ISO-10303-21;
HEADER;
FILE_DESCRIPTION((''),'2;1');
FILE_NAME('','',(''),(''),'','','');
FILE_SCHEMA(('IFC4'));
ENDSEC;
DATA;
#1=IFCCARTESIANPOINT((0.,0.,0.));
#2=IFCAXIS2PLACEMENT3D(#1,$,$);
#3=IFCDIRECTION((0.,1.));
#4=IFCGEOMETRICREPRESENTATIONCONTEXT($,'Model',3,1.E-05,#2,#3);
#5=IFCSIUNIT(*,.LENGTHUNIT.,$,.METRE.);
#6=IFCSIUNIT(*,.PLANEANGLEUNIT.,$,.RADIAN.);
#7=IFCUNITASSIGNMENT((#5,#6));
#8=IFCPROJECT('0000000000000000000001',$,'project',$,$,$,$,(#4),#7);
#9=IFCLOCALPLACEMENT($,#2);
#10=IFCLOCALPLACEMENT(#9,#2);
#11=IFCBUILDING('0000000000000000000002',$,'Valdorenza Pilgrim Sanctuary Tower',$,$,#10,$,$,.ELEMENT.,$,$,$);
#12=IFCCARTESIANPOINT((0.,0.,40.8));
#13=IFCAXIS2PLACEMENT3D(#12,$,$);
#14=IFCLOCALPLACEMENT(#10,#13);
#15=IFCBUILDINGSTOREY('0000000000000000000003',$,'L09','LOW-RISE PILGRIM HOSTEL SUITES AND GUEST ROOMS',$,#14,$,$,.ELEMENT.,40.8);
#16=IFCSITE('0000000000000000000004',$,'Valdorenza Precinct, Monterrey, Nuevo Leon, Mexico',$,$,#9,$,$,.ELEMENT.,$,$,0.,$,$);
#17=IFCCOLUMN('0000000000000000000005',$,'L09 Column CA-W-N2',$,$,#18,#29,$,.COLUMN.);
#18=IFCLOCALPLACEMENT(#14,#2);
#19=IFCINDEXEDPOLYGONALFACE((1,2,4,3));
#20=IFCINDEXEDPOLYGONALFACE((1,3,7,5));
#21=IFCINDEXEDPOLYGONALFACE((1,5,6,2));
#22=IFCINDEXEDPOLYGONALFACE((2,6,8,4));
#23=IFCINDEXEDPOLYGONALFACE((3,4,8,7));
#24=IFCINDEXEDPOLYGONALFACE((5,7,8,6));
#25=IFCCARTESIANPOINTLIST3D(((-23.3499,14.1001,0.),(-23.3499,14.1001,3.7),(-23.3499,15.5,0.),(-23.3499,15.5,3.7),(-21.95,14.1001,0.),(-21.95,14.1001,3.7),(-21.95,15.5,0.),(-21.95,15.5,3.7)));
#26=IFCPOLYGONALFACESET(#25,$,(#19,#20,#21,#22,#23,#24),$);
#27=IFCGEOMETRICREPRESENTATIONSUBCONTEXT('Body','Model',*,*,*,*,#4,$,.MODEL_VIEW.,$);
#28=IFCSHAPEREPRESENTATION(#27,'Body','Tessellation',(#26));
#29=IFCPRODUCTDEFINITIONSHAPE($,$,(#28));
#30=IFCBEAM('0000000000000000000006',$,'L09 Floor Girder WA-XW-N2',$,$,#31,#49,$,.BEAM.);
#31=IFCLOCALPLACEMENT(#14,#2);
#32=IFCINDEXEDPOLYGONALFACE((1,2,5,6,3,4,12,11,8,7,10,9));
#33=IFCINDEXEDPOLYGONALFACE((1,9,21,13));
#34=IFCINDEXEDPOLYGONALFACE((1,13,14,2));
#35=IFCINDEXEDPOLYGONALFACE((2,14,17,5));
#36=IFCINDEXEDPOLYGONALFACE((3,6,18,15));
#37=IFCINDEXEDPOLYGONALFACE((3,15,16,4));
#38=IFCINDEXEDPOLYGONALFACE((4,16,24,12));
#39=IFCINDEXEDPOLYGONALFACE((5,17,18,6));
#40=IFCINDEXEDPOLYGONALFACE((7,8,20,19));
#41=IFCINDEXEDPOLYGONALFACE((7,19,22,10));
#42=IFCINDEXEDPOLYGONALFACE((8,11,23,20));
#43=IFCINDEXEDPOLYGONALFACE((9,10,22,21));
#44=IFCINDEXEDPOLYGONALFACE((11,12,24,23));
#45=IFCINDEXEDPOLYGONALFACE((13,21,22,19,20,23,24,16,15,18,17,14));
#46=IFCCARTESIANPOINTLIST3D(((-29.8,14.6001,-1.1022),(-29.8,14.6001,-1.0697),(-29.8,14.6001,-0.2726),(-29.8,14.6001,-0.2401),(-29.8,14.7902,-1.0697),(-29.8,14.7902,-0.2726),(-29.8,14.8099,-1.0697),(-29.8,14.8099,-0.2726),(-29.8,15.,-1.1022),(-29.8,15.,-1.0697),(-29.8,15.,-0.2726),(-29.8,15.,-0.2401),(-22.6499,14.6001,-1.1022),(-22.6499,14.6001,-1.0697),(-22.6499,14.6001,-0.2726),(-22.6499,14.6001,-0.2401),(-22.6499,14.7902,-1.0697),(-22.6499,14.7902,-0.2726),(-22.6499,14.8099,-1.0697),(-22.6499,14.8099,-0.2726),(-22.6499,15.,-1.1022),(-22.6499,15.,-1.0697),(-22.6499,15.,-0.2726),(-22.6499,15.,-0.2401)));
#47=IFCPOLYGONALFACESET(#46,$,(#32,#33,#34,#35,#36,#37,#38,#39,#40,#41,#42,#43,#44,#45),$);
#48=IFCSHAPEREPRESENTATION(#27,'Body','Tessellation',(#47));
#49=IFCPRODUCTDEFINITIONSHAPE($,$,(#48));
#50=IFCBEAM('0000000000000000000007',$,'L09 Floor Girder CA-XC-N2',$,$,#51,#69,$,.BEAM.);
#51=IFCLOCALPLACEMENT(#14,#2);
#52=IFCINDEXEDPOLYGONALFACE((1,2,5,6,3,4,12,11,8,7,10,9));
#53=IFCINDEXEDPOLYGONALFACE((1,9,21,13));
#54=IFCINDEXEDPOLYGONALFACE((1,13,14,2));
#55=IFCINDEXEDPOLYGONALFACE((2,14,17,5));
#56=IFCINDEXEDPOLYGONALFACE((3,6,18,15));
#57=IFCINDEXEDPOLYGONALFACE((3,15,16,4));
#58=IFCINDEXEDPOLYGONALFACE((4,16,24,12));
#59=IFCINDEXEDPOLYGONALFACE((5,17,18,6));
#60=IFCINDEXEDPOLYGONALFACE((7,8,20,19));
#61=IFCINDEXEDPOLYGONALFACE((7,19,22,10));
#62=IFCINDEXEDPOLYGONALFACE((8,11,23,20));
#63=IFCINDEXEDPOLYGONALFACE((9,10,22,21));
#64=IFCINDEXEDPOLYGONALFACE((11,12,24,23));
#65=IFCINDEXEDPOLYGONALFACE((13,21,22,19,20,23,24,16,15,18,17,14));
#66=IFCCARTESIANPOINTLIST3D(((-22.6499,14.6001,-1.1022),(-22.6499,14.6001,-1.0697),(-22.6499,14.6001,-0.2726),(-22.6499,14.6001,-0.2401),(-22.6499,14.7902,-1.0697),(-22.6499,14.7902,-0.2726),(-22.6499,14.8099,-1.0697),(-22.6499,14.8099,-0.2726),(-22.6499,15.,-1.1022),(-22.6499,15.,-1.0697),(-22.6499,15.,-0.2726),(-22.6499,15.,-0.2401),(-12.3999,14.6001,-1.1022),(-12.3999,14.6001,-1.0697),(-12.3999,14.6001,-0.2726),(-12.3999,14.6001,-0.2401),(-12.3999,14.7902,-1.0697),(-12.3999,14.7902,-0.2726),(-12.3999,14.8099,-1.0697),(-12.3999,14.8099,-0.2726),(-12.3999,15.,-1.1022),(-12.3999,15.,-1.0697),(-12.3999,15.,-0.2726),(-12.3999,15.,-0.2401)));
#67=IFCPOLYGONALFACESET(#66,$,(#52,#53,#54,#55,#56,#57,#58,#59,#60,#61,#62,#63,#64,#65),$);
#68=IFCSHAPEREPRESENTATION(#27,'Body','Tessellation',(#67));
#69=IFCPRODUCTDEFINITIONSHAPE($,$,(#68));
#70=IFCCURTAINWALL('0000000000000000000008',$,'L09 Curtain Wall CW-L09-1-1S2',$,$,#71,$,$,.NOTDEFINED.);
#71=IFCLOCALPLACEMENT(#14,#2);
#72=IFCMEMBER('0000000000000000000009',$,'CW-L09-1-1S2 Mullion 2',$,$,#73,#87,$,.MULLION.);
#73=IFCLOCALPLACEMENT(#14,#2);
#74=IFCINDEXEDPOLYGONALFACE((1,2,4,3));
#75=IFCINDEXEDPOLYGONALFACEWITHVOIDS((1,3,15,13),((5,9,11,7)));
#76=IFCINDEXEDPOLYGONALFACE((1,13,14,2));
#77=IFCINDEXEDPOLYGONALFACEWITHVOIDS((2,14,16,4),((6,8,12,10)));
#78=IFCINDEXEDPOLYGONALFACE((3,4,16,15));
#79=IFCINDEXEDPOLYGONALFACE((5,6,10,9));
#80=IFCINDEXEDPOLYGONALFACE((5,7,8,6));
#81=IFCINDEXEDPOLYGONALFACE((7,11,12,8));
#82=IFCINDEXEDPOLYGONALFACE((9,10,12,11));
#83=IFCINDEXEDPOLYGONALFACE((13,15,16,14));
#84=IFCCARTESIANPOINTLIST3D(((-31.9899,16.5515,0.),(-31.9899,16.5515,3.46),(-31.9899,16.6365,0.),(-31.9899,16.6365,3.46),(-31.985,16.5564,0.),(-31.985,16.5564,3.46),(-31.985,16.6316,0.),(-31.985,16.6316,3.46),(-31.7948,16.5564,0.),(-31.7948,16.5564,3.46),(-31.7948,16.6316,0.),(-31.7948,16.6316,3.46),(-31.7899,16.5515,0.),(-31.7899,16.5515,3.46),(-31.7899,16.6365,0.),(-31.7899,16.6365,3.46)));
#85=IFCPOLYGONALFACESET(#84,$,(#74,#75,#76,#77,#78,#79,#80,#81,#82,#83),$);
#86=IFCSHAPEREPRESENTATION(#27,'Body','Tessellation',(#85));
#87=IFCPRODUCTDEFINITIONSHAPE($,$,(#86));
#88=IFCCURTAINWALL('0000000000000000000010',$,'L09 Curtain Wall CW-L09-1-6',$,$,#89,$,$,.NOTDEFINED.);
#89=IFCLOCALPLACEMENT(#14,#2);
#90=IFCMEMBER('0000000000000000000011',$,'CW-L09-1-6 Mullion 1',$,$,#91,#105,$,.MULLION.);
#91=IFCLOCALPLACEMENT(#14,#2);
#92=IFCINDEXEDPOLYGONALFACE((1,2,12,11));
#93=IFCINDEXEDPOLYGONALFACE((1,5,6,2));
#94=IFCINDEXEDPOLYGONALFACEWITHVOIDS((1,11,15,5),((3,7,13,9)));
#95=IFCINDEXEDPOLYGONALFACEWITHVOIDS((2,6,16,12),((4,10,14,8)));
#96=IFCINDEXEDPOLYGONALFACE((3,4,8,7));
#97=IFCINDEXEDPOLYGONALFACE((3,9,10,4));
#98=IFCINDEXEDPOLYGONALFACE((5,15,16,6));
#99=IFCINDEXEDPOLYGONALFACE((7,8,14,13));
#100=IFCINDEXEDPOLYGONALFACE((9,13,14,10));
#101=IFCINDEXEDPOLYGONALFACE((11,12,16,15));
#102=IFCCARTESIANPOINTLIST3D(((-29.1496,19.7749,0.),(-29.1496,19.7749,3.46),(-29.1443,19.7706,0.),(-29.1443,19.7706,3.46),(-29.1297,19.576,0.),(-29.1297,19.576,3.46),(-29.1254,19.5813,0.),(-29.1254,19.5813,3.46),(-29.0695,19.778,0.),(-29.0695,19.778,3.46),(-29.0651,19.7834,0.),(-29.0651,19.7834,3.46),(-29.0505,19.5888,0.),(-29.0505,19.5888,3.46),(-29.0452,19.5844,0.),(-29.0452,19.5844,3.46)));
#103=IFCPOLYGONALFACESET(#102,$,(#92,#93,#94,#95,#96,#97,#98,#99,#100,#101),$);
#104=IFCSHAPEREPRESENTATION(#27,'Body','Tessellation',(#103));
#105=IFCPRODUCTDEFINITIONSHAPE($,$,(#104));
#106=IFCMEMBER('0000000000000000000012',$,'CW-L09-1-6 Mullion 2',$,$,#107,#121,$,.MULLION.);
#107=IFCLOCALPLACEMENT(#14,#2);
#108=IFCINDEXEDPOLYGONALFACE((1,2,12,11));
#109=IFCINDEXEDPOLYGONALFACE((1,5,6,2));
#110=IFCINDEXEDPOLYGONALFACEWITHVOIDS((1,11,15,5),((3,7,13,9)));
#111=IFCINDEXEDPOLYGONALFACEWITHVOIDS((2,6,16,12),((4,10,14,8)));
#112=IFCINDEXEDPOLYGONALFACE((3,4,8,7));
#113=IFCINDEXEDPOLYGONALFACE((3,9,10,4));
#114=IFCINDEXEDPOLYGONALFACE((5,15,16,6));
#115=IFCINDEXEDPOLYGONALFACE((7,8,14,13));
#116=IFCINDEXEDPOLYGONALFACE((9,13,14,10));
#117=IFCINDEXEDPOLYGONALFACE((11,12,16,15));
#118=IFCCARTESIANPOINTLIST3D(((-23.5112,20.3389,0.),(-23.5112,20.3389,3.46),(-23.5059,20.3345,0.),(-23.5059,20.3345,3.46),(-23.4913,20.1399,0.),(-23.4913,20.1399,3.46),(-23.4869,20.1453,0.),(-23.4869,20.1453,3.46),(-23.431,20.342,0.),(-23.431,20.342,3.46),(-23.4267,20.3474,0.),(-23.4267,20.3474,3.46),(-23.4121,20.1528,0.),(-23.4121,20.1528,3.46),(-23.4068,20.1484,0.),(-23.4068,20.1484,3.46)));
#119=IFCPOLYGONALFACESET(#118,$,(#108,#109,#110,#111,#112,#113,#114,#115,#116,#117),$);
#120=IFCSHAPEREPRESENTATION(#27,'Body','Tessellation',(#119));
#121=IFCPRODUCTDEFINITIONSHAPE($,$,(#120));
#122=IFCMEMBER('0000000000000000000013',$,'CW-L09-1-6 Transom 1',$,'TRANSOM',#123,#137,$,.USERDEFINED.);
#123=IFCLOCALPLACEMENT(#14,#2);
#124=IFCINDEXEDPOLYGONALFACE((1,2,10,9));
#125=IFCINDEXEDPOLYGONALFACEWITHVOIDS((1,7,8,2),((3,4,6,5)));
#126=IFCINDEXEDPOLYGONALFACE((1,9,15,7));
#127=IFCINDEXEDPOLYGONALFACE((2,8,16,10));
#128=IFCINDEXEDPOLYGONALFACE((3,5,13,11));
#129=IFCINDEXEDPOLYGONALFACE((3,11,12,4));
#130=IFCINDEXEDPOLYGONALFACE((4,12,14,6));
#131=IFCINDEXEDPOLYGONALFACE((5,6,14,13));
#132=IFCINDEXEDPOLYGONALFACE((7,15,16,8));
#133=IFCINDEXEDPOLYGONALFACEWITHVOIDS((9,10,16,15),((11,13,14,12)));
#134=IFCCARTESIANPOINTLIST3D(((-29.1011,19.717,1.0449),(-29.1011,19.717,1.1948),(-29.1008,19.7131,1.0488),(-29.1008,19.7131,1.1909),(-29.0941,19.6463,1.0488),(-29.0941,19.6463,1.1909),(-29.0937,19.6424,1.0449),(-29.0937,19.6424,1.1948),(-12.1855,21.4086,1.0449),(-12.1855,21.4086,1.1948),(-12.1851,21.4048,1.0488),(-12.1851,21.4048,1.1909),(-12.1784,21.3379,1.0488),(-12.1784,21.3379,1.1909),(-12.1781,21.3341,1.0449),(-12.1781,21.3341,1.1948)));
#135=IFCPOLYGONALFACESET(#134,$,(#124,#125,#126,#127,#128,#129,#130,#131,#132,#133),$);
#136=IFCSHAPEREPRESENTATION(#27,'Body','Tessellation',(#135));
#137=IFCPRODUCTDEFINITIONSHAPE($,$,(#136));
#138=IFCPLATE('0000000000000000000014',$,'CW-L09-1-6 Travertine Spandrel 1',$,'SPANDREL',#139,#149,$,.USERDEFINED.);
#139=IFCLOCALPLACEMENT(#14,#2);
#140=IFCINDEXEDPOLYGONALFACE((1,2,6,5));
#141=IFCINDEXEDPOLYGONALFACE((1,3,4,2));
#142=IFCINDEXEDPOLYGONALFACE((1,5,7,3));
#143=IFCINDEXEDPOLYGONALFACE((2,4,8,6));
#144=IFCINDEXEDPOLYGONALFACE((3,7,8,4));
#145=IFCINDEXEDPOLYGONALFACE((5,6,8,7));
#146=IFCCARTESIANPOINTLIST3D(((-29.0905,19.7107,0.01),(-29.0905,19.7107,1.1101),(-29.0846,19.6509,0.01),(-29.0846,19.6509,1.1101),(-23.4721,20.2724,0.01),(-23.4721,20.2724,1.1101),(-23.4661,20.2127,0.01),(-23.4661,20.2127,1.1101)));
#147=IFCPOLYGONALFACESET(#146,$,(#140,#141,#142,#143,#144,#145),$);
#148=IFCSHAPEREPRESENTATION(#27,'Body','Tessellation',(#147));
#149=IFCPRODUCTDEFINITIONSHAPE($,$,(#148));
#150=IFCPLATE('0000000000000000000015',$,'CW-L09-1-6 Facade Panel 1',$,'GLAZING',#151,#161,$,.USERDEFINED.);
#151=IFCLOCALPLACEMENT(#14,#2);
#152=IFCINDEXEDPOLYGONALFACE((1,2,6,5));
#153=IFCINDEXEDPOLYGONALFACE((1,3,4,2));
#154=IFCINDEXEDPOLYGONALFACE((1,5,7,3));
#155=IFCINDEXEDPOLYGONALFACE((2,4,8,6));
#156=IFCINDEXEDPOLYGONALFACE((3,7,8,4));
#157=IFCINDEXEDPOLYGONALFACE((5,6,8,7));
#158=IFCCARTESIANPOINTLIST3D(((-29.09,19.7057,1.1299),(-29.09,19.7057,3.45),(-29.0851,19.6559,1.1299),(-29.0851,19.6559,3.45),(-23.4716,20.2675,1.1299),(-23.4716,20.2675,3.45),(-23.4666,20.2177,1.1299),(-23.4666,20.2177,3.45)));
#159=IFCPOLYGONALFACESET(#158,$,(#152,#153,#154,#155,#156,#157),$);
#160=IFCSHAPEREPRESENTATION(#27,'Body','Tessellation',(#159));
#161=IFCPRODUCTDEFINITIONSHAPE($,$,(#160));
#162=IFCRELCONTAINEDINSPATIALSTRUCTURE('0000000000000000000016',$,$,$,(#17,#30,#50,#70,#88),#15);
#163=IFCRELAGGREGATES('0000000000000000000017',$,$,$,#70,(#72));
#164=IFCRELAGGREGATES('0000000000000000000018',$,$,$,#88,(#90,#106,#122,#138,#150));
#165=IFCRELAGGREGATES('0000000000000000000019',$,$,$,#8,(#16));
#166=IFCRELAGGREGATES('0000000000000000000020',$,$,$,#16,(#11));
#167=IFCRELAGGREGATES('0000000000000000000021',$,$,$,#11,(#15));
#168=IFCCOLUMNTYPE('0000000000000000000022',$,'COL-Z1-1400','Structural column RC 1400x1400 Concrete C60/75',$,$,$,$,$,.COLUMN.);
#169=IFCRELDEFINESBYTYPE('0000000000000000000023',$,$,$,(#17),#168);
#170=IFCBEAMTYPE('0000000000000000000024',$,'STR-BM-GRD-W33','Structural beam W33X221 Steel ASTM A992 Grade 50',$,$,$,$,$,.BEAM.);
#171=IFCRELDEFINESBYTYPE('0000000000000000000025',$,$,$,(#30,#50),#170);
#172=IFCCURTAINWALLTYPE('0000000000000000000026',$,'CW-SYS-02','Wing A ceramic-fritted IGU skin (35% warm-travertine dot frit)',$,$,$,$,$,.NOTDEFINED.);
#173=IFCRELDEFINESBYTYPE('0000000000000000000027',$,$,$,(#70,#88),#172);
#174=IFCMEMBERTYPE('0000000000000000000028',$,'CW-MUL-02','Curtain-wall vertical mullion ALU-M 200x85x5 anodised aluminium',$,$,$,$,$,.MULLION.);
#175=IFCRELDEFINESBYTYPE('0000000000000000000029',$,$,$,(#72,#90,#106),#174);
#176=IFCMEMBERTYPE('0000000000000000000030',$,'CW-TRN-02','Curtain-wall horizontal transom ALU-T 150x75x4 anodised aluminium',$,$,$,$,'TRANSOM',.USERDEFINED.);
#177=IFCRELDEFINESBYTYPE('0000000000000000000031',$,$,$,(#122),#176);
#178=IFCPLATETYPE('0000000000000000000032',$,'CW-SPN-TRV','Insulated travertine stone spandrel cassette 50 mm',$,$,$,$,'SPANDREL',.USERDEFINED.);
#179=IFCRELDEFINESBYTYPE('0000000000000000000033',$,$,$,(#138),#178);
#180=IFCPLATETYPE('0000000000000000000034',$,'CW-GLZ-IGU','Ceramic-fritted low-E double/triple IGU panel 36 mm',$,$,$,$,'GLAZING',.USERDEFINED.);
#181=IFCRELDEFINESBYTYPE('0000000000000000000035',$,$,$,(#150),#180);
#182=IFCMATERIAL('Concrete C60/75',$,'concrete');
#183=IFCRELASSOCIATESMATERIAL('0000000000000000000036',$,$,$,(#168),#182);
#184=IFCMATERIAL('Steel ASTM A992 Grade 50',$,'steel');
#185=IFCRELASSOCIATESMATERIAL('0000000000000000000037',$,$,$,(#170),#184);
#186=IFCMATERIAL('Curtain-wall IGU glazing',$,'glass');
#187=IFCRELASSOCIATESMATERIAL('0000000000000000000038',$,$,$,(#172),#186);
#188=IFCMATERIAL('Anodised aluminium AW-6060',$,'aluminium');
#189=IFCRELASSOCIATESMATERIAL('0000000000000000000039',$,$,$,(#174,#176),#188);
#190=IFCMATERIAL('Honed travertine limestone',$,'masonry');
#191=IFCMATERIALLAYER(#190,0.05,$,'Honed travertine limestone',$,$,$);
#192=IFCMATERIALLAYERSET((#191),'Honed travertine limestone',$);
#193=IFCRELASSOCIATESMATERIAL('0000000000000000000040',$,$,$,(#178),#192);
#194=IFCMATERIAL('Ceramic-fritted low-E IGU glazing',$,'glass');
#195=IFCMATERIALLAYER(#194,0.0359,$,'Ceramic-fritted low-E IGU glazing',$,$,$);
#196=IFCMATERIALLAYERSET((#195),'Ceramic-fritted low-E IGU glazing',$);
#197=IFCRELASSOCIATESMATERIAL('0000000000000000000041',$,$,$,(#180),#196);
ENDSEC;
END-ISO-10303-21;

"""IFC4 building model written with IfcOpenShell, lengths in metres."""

from ifc_helpers import new_model, si_unit, direction, frame, origin, origin_2d, place, context, subcontext, project, spatial, rectangle, hollow_rectangle, i_section, extrude, source, transform, mapped, material, layer, layer_set, material_profile, profile_set, type_object, element, aggregate, save


model = new_model("IFC4")

# Units and contexts
model_context = context("Model", 3, precision=1e-05, world=origin(), true_north=direction((0.0, 1.0)))
body_context = subcontext(model_context, "Body", "Model", "MODEL_VIEW")
ifc_project = project(units=[si_unit("LENGTHUNIT", "METRE"), si_unit("PLANEANGLEUNIT", "RADIAN")], contexts=[model_context])

# Site, building, storey
site_placement = place(None, origin())
site = spatial("IfcSite", under=ifc_project, at=site_placement, Name="Valdorenza Precinct, Monterrey, Nuevo Leon, Mexico", CompositionType="ELEMENT", RefElevation=0.0)
building_placement = place(site_placement, origin())
building = spatial("IfcBuilding", under=site, at=building_placement, Name="Valdorenza Pilgrim Sanctuary Tower", CompositionType="ELEMENT")
storey_placement = place(building_placement, frame((0.0, 0.0, 40.8)))
storey = spatial("IfcBuildingStorey", under=building, at=storey_placement, Name="L09", Description="LOW-RISE PILGRIM HOSTEL SUITES AND GUEST ROOMS", CompositionType="ELEMENT", Elevation=40.8)

# Column
ifc_material_1 = material(Name="Concrete C60/75", Category="concrete")
ifc_material_profile_1 = material_profile(ifc_material_1, rectangle(XDim=1.3999, YDim=1.3999, at=origin_2d()), Name="RC 1400x1400")
ifc_profile_set_1 = profile_set([ifc_material_profile_1], Name="Concrete C60/75")
column_type = type_object("IfcColumnType", Name="COL-Z1-1400", Description="Structural column RC 1400x1400 Concrete C60/75", PredefinedType="COLUMN", material=ifc_profile_set_1)
shared_shape_1 = source(origin(), body_context, "Body", "SweptSolid", [
    extrude(rectangle(XDim=1.3999, YDim=1.3999, at=origin_2d()), origin(), (0.0, 0.0, 1.0), 3.7),
])
column_placement = place(storey_placement, frame((-22.6499, 14.8, 0.0), z_axis=(0.0, 0.0, 1.0), x_axis=(1.0, 0.0, 0.0)))
element("IfcColumn", 1, at=column_placement, inside=storey, type_object=column_type, Name="L09 Column CA-W-N2", PredefinedType="COLUMN", context=body_context, shape_type="MappedRepresentation", body=[
    mapped(shared_shape_1, transform((0.0, 0.0, 0.0), x_axis=(1.0, 0.0, 0.0), y_axis=(0.0, 1.0, 0.0), z_axis=(0.0, 0.0, 1.0), scale=1.0)),
])

# Beams
ifc_material_2 = material(Name="Steel ASTM A992 Grade 50", Category="steel")
ifc_material_profile_2 = material_profile(ifc_material_2, i_section(OverallWidth=0.3999, OverallDepth=0.8621, WebThickness=0.0198, FlangeThickness=0.0325, at=origin_2d()), Name="W33X221")
ifc_profile_set_2 = profile_set([ifc_material_profile_2], Name="Steel ASTM A992 Grade 50")
beam_type = type_object("IfcBeamType", Name="STR-BM-GRD-W33", Description="Structural beam W33X221 Steel ASTM A992 Grade 50", PredefinedType="BEAM", material=ifc_profile_set_2)
shared_shape_2 = source(origin(), body_context, "Body", "SweptSolid", [
    extrude(i_section(OverallWidth=0.3999, OverallDepth=0.8621, WebThickness=0.0198, FlangeThickness=0.0325, at=origin_2d()), origin(), (0.0, 0.0, 1.0), 7.1501),
])
beam_1_placement = place(storey_placement, frame((-29.8, 14.8, -0.6711), z_axis=(1.0, 0.0, 0.0), x_axis=(0.0, 1.0, 0.0)))
element("IfcBeam", 2, at=beam_1_placement, inside=storey, type_object=beam_type, Name="L09 Floor Girder WA-XW-N2", PredefinedType="BEAM", context=body_context, shape_type="MappedRepresentation", body=[
    mapped(shared_shape_2, transform((0.0, 0.0, 0.0), x_axis=(1.0, 0.0, 0.0), y_axis=(0.0, 1.0, 0.0), z_axis=(0.0, 0.0, 1.0), scale=1.0)),
])
shared_shape_3 = source(origin(), body_context, "Body", "SweptSolid", [
    extrude(i_section(OverallWidth=0.3999, OverallDepth=0.8621, WebThickness=0.0198, FlangeThickness=0.0325, at=origin_2d()), origin(), (0.0, 0.0, 1.0), 10.25),
])
beam_2_placement = place(storey_placement, frame((-22.6499, 14.8, -0.6711), z_axis=(1.0, 0.0, 0.0), x_axis=(0.0, 1.0, 0.0)))
element("IfcBeam", 3, at=beam_2_placement, inside=storey, type_object=beam_type, Name="L09 Floor Girder CA-XC-N2", PredefinedType="BEAM", context=body_context, shape_type="MappedRepresentation", body=[
    mapped(shared_shape_3, transform((0.0, 0.0, 0.0), x_axis=(1.0, 0.0, 0.0), y_axis=(0.0, 1.0, 0.0), z_axis=(0.0, 0.0, 1.0), scale=1.0)),
])

# Curtain wall, member
ifc_material_3 = material(Name="Curtain-wall IGU glazing", Category="glass")
curtain_wall_type = type_object("IfcCurtainWallType", Name="CW-SYS-02", Description="Wing A ceramic-fritted IGU skin (35% warm-travertine dot frit)", PredefinedType="NOTDEFINED", material=ifc_material_3)
curtain_wall_1_placement = place(storey_placement, origin())
curtain_wall_1 = element("IfcCurtainWall", 4, at=curtain_wall_1_placement, inside=storey, type_object=curtain_wall_type, Name="L09 Curtain Wall CW-L09-1-1S2", PredefinedType="NOTDEFINED")
ifc_material_4 = material(Name="Anodised aluminium AW-6060", Category="aluminium")
ifc_material_profile_3 = material_profile(ifc_material_4, hollow_rectangle(XDim=0.085, YDim=0.2, WallThickness=0.0049, at=origin_2d()), Name="ALU-M 200x85x5")
ifc_profile_set_3 = profile_set([ifc_material_profile_3], Name="Anodised aluminium AW-6060")
member_type_1 = type_object("IfcMemberType", Name="CW-MUL-02", Description="Curtain-wall vertical mullion ALU-M 200x85x5 anodised aluminium", PredefinedType="MULLION", material=ifc_profile_set_3)
shared_shape_4 = source(origin(), body_context, "Body", "SweptSolid", [
    extrude(hollow_rectangle(XDim=0.085, YDim=0.2, WallThickness=0.0049, at=origin_2d()), origin(), (0.0, 0.0, 1.0), 3.46),
])
member_1_placement = place(storey_placement, frame((-31.8899, 16.594, 0.0), z_axis=(0.0, 0.0, 1.0), x_axis=(0.0, 1.0, 0.0)))
member_1 = element("IfcMember", 5, at=member_1_placement, type_object=member_type_1, Name="CW-L09-1-1S2 Mullion 2", PredefinedType="MULLION", context=body_context, shape_type="MappedRepresentation", body=[
    mapped(shared_shape_4, transform((0.0, 0.0, 0.0), x_axis=(1.0, 0.0, 0.0), y_axis=(0.0, 1.0, 0.0), z_axis=(0.0, 0.0, 1.0), scale=1.0)),
])
aggregate(curtain_wall_1, [member_1])

# Curtain wall, members, plates
curtain_wall_2_placement = place(storey_placement, origin())
curtain_wall_2 = element("IfcCurtainWall", 6, at=curtain_wall_2_placement, inside=storey, type_object=curtain_wall_type, Name="L09 Curtain Wall CW-L09-1-6", PredefinedType="NOTDEFINED")
member_2_placement = place(storey_placement, frame((-29.0974, 19.6797, 0.0), z_axis=(0.0, 0.0, 1.0), x_axis=(0.995038, 0.099493, 0.0)))
member_2 = element("IfcMember", 7, at=member_2_placement, type_object=member_type_1, Name="CW-L09-1-6 Mullion 1", PredefinedType="MULLION", context=body_context, shape_type="MappedRepresentation", body=[
    mapped(shared_shape_4, transform((0.0, 0.0, 0.0), x_axis=(1.0, 0.0, 0.0), y_axis=(0.0, 1.0, 0.0), z_axis=(0.0, 0.0, 1.0), scale=1.0)),
])
member_3_placement = place(storey_placement, frame((-23.459, 20.2437, 0.0), z_axis=(0.0, 0.0, 1.0), x_axis=(0.995038, 0.099493, 0.0)))
member_3 = element("IfcMember", 8, at=member_3_placement, type_object=member_type_1, Name="CW-L09-1-6 Mullion 2", PredefinedType="MULLION", context=body_context, shape_type="MappedRepresentation", body=[
    mapped(shared_shape_4, transform((0.0, 0.0, 0.0), x_axis=(1.0, 0.0, 0.0), y_axis=(0.0, 1.0, 0.0), z_axis=(0.0, 0.0, 1.0), scale=1.0)),
])
ifc_material_profile_4 = material_profile(ifc_material_4, hollow_rectangle(XDim=0.075, YDim=0.1499, WallThickness=0.0039, at=origin_2d()), Name="ALU-T 150x75x4")
ifc_profile_set_4 = profile_set([ifc_material_profile_4], Name="Anodised aluminium AW-6060")
member_type_2 = type_object("IfcMemberType", Name="CW-TRN-02", Description="Curtain-wall horizontal transom ALU-T 150x75x4 anodised aluminium", ElementType="TRANSOM", PredefinedType="USERDEFINED", material=ifc_profile_set_4)
shared_shape_5 = source(origin(), body_context, "Body", "SweptSolid", [
    extrude(hollow_rectangle(XDim=0.075, YDim=0.1499, WallThickness=0.0039, at=origin_2d()), origin(), (0.0, 0.0, 1.0), 17.0),
])
member_4_placement = place(storey_placement, frame((-29.0974, 19.6797, 1.1199), z_axis=(0.995037, 0.099509, 0.0), x_axis=(-0.099509, 0.995037, 0.0)))
member_4 = element("IfcMember", 9, at=member_4_placement, type_object=member_type_2, Name="CW-L09-1-6 Transom 1", ObjectType="TRANSOM", PredefinedType="USERDEFINED", context=body_context, shape_type="MappedRepresentation", body=[
    mapped(shared_shape_5, transform((0.0, 0.0, 0.0), x_axis=(1.0, 0.0, 0.0), y_axis=(0.0, 1.0, 0.0), z_axis=(0.0, 0.0, 1.0), scale=1.0)),
])
ifc_material_5 = material(Name="Honed travertine limestone", Category="masonry")
ifc_layer_1 = layer(ifc_material_5, 0.05, Name="Honed travertine limestone")
ifc_layer_set_1 = layer_set([ifc_layer_1], Name="Honed travertine limestone")
plate_type_1 = type_object("IfcPlateType", Name="CW-SPN-TRV", Description="Insulated travertine stone spandrel cassette 50 mm", ElementType="SPANDREL", PredefinedType="USERDEFINED", material=ifc_layer_set_1)
shared_shape_6 = source(origin(), body_context, "Body", "SweptSolid", [
    extrude(rectangle(XDim=5.6465, YDim=0.0601, at=origin_2d()), origin(), (0.0, 0.0, 1.0), 1.1001),
])
plate_1_placement = place(storey_placement, frame((-26.2783, 19.9617, 0.01), z_axis=(0.0, 0.0, 1.0), x_axis=(0.995038, 0.099493, 0.0)))
plate_1 = element("IfcPlate", 10, at=plate_1_placement, type_object=plate_type_1, Name="CW-L09-1-6 Travertine Spandrel 1", ObjectType="SPANDREL", PredefinedType="USERDEFINED", context=body_context, shape_type="MappedRepresentation", body=[
    mapped(shared_shape_6, transform((0.0, 0.0, 0.0), x_axis=(1.0, 0.0, 0.0), y_axis=(0.0, 1.0, 0.0), z_axis=(0.0, 0.0, 1.0), scale=1.0)),
])
ifc_material_6 = material(Name="Ceramic-fritted low-E IGU glazing", Category="glass")
ifc_layer_2 = layer(ifc_material_6, 0.0359, Name="Ceramic-fritted low-E IGU glazing")
ifc_layer_set_2 = layer_set([ifc_layer_2], Name="Ceramic-fritted low-E IGU glazing")
plate_type_2 = type_object("IfcPlateType", Name="CW-GLZ-IGU", Description="Ceramic-fritted low-E double/triple IGU panel 36 mm", ElementType="GLAZING", PredefinedType="USERDEFINED", material=ifc_layer_set_2)
shared_shape_7 = source(origin(), body_context, "Body", "SweptSolid", [
    extrude(rectangle(XDim=5.6465, YDim=0.05, at=origin_2d()), origin(), (0.0, 0.0, 1.0), 2.3201),
])
plate_2_placement = place(storey_placement, frame((-26.2783, 19.9617, 1.1299), z_axis=(0.0, 0.0, 1.0), x_axis=(0.995038, 0.099493, 0.0)))
plate_2 = element("IfcPlate", 11, at=plate_2_placement, type_object=plate_type_2, Name="CW-L09-1-6 Facade Panel 1", ObjectType="GLAZING", PredefinedType="USERDEFINED", context=body_context, shape_type="MappedRepresentation", body=[
    mapped(shared_shape_7, transform((0.0, 0.0, 0.0), x_axis=(1.0, 0.0, 0.0), y_axis=(0.0, 1.0, 0.0), z_axis=(0.0, 0.0, 1.0), scale=1.0)),
])
aggregate(curtain_wall_2, [member_2, member_3, member_4, plate_1, plate_2])

save(model, "model.ifc")
